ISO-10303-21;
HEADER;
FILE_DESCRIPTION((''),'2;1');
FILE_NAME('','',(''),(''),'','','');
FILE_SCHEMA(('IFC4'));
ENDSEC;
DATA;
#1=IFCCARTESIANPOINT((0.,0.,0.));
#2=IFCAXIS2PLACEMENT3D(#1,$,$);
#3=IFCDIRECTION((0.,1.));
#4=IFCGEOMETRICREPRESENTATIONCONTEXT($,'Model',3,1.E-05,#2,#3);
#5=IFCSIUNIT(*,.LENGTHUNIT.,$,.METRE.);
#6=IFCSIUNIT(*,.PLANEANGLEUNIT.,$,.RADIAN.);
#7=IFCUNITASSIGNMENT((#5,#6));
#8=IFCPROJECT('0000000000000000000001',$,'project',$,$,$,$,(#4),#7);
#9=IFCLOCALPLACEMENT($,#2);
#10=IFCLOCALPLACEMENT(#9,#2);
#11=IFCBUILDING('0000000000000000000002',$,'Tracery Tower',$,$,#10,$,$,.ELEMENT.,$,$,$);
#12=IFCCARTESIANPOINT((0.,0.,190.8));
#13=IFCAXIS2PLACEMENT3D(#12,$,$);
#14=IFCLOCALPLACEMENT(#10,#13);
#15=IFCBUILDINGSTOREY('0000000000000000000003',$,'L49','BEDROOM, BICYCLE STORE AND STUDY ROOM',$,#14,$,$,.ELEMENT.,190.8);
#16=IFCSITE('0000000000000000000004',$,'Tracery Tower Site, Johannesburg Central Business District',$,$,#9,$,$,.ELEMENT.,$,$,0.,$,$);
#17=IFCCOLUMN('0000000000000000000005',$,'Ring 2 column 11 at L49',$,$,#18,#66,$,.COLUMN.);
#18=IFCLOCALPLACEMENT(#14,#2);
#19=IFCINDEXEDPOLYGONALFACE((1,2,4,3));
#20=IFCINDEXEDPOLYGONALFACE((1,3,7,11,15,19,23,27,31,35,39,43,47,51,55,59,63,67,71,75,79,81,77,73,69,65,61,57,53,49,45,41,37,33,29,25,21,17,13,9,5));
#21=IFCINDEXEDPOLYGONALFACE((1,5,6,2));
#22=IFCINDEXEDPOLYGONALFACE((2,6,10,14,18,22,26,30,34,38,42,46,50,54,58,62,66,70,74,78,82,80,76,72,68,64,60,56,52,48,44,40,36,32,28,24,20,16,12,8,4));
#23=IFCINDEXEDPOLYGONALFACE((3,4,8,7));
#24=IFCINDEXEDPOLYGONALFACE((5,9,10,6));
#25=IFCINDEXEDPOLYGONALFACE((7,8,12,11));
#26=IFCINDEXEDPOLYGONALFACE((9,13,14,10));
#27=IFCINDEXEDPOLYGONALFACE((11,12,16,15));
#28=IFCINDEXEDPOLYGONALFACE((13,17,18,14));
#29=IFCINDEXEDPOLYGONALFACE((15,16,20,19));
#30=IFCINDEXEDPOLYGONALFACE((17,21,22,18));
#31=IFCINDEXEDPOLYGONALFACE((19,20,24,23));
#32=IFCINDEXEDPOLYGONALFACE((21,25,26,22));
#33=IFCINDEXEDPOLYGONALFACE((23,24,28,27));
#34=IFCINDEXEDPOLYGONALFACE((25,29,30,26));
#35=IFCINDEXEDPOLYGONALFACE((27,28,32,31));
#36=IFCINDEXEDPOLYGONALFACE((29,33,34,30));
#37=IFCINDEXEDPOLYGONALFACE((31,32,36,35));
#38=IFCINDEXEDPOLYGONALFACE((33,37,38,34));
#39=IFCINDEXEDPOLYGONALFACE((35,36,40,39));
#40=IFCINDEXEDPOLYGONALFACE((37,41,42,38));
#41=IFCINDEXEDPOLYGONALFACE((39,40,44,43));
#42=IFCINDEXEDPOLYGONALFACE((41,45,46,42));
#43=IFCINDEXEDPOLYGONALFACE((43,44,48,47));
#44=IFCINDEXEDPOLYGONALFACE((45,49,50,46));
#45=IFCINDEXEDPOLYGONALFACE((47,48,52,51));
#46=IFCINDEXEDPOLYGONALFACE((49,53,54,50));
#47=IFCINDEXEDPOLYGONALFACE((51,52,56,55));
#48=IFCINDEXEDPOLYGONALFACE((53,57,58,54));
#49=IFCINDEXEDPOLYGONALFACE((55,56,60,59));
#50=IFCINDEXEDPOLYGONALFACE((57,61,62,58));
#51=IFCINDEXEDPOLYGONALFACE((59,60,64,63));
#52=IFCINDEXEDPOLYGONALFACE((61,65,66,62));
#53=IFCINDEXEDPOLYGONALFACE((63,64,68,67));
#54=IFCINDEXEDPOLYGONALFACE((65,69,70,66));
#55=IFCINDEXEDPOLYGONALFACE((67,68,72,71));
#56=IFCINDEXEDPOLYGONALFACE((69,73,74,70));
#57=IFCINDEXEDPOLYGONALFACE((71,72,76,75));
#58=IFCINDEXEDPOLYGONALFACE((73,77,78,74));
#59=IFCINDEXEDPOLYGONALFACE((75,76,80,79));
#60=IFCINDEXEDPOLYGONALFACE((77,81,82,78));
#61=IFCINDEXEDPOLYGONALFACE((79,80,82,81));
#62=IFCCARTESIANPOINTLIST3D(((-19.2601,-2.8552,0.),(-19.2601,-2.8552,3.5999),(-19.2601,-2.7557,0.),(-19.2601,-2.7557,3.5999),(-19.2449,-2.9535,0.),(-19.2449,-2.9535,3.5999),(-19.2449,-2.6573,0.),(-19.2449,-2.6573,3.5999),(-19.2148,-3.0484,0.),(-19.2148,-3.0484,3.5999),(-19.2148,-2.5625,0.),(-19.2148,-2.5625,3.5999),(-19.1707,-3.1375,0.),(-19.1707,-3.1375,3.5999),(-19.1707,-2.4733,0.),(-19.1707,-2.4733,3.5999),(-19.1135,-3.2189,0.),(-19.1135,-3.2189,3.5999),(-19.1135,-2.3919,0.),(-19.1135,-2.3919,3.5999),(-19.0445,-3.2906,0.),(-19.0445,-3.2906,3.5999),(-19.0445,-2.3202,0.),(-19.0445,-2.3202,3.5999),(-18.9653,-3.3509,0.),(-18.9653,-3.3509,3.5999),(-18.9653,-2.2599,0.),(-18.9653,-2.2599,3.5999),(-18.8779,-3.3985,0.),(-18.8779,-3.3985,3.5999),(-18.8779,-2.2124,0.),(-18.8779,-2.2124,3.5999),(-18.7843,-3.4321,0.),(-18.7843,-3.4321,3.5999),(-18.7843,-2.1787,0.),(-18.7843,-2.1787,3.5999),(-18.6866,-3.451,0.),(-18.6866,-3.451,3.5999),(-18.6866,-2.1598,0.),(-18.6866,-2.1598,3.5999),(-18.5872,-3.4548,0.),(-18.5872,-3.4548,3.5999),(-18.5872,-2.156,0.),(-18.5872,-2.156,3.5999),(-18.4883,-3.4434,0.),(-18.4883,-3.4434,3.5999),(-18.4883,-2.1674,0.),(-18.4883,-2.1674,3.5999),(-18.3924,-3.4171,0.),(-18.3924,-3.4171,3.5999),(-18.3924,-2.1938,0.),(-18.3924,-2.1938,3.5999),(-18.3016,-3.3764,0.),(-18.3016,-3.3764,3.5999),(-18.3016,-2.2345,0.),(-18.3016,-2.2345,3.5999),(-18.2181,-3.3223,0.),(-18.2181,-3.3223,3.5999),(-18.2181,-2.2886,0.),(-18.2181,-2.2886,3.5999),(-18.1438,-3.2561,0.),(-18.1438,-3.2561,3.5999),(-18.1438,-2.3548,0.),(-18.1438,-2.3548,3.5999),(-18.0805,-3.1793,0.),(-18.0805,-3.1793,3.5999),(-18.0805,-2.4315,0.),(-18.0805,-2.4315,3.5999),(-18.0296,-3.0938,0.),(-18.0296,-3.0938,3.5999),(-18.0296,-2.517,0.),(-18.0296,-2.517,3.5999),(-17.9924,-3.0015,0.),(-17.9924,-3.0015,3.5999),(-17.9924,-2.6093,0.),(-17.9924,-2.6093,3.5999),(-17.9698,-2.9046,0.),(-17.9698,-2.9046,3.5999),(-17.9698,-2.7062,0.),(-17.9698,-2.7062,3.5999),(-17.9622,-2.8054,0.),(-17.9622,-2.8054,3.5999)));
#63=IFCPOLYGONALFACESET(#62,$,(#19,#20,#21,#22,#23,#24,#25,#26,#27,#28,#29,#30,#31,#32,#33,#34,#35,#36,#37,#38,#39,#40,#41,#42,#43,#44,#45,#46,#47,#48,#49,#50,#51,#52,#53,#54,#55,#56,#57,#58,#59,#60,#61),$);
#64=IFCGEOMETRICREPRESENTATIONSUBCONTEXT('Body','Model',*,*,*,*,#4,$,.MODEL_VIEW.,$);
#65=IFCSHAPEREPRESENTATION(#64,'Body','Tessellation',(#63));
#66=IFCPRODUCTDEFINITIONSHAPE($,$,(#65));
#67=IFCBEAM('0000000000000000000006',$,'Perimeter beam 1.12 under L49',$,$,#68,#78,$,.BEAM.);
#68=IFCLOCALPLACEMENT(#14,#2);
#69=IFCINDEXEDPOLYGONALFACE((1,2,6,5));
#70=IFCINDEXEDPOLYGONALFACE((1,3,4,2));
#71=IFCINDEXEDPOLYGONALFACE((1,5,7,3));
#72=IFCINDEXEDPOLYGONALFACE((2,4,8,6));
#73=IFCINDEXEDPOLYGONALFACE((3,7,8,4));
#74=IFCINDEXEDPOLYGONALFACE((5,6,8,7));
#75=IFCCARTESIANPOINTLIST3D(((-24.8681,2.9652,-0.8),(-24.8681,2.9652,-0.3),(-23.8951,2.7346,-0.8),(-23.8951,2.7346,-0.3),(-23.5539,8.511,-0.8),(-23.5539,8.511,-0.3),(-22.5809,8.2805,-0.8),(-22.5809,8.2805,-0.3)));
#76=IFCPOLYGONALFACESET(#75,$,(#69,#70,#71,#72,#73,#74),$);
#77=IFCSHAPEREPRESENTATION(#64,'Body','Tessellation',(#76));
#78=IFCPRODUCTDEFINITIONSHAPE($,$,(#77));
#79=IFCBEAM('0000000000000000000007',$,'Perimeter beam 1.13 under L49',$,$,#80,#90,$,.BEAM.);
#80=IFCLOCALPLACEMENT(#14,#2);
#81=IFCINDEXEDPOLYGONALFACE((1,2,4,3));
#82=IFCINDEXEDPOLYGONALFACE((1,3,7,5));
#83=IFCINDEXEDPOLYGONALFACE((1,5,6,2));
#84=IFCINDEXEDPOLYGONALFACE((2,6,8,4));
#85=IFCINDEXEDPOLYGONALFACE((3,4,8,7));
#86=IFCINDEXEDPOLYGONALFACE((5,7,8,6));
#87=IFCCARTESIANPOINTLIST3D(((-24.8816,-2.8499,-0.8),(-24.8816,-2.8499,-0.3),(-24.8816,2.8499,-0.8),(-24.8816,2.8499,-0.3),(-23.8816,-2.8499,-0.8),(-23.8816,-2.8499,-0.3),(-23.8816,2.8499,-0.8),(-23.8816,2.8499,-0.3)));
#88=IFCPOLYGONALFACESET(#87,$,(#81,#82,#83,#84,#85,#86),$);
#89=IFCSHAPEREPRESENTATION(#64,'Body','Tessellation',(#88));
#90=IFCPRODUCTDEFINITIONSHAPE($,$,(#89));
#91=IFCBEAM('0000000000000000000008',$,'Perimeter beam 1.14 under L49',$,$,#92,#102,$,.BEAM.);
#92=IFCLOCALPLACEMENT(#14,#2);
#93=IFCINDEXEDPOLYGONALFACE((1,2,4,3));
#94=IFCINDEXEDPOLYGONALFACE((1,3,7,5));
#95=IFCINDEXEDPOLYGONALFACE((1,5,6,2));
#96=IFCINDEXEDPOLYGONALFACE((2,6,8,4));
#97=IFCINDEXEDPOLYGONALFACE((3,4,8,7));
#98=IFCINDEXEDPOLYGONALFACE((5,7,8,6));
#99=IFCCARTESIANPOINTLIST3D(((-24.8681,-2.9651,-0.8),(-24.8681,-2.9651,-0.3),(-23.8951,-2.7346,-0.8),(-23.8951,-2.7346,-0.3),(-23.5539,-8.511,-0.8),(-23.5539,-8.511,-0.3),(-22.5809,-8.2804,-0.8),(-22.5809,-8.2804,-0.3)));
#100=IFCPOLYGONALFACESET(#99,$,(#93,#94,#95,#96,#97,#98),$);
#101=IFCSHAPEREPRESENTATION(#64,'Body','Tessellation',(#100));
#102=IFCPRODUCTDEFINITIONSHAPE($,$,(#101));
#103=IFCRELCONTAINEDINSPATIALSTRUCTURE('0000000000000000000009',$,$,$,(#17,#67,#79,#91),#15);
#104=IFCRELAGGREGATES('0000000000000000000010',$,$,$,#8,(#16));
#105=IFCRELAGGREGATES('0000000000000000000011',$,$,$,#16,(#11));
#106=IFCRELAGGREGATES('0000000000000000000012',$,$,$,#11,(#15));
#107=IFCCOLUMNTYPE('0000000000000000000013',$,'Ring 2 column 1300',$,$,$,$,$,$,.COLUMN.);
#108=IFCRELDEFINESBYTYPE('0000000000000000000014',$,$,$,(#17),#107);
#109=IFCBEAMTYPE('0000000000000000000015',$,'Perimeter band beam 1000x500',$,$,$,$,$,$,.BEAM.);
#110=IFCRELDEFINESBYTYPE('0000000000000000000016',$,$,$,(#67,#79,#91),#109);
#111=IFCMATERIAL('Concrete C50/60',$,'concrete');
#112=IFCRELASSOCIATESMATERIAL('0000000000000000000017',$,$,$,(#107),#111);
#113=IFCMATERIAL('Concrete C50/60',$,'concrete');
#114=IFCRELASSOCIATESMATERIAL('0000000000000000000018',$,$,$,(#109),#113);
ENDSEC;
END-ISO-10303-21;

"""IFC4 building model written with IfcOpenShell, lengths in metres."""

from ifc_helpers import new_model, si_unit, direction, frame, origin, origin_2d, place, context, subcontext, project, spatial, rectangle, circle, extrude, material, material_profile, profile_set, type_object, element, save


model = new_model("IFC4")

# Units and contexts
model_context = context("Model", 3, precision=1e-05, world=origin(), true_north=direction((0.0, 1.0)))
body_context = subcontext(model_context, "Body", "Model", "MODEL_VIEW")
ifc_project = project(units=[si_unit("LENGTHUNIT", "METRE"), si_unit("PLANEANGLEUNIT", "RADIAN")], contexts=[model_context])

# Site, building, storey
site_placement = place(None, origin())
site = spatial("IfcSite", under=ifc_project, at=site_placement, Name="Tracery Tower Site, Johannesburg Central Business District", CompositionType="ELEMENT", RefElevation=0.0)
building_placement = place(site_placement, origin())
building = spatial("IfcBuilding", under=site, at=building_placement, Name="Tracery Tower", CompositionType="ELEMENT")
storey_placement = place(building_placement, frame((0.0, 0.0, 190.8)))
storey = spatial("IfcBuildingStorey", under=building, at=storey_placement, Name="L49", Description="BEDROOM, BICYCLE STORE AND STUDY ROOM", CompositionType="ELEMENT", Elevation=190.8)

# Column
ifc_material_1 = material(Name="Concrete C50/60", Category="concrete")
ifc_material_profile_1 = material_profile(ifc_material_1, circle(Radius=0.6499, at=origin_2d()), Name="RC D1300")
ifc_profile_set_1 = profile_set([ifc_material_profile_1], Name="Concrete C50/60")
column_type_1 = type_object("IfcColumnType", Name="Ring 2 column 1300", PredefinedType="COLUMN", material=ifc_profile_set_1)
for number, where, z_axis, x_axis, name in (
    (1, (-18.6121, -2.8054, 0.0), (0.0, 0.0, 1.0), (1.0, 0.0, 0.0), "Ring 2 column 11 at L49"),
):
    element("IfcColumn", number, at=place(storey_placement, frame(where, z_axis=z_axis, x_axis=x_axis)), inside=storey, type_object=column_type_1, Name=name, PredefinedType="COLUMN", context=body_context, shape_type="SweptSolid", body=[
        extrude(circle(Radius=0.6499, at=origin_2d()), origin(), (0.0, 0.0, 1.0), 3.5999),
    ])

# Beams
ifc_material_2 = material(Name="Concrete C50/60", Category="concrete")
ifc_material_profile_2 = material_profile(ifc_material_2, rectangle(XDim=1.0, YDim=0.5, at=origin_2d()), Name="RC 1000x500")
ifc_profile_set_2 = profile_set([ifc_material_profile_2], Name="Concrete C50/60")
beam_type = type_object("IfcBeamType", Name="Perimeter band beam 1000x500", PredefinedType="BEAM", material=ifc_profile_set_2)
beam_1_placement = place(storey_placement, frame((-23.0674, 8.3958, -0.55), z_axis=(-0.230584, -0.973052, 0.0), x_axis=(0.973052, -0.230584, 0.0)))
element("IfcBeam", 2, at=beam_1_placement, inside=storey, type_object=beam_type, Name="Perimeter beam 1.12 under L49", PredefinedType="BEAM", context=body_context, shape_type="SweptSolid", body=[
    extrude(rectangle(XDim=1.0, YDim=0.5, at=origin_2d()), origin(), (0.0, 0.0, 1.0), 5.6995),
])
beam_2_placement = place(storey_placement, frame((-24.3816, 2.8499, -0.55), z_axis=(0.0, -1.0, 0.0), x_axis=(1.0, 0.0, 0.0)))
element("IfcBeam", 3, at=beam_2_placement, inside=storey, type_object=beam_type, Name="Perimeter beam 1.13 under L49", PredefinedType="BEAM", context=body_context, shape_type="SweptSolid", body=[
    extrude(rectangle(XDim=1.0, YDim=0.5, at=origin_2d()), origin(), (0.0, 0.0, 1.0), 5.6997),
])
beam_3_placement = place(storey_placement, frame((-24.3816, -2.8499, -0.55), z_axis=(0.230584, -0.973052, 0.0), x_axis=(0.973052, 0.230584, 0.0)))
element("IfcBeam", 4, at=beam_3_placement, inside=storey, type_object=beam_type, Name="Perimeter beam 1.14 under L49", PredefinedType="BEAM", context=body_context, shape_type="SweptSolid", body=[
    extrude(rectangle(XDim=1.0, YDim=0.5, at=origin_2d()), origin(), (0.0, 0.0, 1.0), 5.6995),
])

save(model, "model.ifc")
